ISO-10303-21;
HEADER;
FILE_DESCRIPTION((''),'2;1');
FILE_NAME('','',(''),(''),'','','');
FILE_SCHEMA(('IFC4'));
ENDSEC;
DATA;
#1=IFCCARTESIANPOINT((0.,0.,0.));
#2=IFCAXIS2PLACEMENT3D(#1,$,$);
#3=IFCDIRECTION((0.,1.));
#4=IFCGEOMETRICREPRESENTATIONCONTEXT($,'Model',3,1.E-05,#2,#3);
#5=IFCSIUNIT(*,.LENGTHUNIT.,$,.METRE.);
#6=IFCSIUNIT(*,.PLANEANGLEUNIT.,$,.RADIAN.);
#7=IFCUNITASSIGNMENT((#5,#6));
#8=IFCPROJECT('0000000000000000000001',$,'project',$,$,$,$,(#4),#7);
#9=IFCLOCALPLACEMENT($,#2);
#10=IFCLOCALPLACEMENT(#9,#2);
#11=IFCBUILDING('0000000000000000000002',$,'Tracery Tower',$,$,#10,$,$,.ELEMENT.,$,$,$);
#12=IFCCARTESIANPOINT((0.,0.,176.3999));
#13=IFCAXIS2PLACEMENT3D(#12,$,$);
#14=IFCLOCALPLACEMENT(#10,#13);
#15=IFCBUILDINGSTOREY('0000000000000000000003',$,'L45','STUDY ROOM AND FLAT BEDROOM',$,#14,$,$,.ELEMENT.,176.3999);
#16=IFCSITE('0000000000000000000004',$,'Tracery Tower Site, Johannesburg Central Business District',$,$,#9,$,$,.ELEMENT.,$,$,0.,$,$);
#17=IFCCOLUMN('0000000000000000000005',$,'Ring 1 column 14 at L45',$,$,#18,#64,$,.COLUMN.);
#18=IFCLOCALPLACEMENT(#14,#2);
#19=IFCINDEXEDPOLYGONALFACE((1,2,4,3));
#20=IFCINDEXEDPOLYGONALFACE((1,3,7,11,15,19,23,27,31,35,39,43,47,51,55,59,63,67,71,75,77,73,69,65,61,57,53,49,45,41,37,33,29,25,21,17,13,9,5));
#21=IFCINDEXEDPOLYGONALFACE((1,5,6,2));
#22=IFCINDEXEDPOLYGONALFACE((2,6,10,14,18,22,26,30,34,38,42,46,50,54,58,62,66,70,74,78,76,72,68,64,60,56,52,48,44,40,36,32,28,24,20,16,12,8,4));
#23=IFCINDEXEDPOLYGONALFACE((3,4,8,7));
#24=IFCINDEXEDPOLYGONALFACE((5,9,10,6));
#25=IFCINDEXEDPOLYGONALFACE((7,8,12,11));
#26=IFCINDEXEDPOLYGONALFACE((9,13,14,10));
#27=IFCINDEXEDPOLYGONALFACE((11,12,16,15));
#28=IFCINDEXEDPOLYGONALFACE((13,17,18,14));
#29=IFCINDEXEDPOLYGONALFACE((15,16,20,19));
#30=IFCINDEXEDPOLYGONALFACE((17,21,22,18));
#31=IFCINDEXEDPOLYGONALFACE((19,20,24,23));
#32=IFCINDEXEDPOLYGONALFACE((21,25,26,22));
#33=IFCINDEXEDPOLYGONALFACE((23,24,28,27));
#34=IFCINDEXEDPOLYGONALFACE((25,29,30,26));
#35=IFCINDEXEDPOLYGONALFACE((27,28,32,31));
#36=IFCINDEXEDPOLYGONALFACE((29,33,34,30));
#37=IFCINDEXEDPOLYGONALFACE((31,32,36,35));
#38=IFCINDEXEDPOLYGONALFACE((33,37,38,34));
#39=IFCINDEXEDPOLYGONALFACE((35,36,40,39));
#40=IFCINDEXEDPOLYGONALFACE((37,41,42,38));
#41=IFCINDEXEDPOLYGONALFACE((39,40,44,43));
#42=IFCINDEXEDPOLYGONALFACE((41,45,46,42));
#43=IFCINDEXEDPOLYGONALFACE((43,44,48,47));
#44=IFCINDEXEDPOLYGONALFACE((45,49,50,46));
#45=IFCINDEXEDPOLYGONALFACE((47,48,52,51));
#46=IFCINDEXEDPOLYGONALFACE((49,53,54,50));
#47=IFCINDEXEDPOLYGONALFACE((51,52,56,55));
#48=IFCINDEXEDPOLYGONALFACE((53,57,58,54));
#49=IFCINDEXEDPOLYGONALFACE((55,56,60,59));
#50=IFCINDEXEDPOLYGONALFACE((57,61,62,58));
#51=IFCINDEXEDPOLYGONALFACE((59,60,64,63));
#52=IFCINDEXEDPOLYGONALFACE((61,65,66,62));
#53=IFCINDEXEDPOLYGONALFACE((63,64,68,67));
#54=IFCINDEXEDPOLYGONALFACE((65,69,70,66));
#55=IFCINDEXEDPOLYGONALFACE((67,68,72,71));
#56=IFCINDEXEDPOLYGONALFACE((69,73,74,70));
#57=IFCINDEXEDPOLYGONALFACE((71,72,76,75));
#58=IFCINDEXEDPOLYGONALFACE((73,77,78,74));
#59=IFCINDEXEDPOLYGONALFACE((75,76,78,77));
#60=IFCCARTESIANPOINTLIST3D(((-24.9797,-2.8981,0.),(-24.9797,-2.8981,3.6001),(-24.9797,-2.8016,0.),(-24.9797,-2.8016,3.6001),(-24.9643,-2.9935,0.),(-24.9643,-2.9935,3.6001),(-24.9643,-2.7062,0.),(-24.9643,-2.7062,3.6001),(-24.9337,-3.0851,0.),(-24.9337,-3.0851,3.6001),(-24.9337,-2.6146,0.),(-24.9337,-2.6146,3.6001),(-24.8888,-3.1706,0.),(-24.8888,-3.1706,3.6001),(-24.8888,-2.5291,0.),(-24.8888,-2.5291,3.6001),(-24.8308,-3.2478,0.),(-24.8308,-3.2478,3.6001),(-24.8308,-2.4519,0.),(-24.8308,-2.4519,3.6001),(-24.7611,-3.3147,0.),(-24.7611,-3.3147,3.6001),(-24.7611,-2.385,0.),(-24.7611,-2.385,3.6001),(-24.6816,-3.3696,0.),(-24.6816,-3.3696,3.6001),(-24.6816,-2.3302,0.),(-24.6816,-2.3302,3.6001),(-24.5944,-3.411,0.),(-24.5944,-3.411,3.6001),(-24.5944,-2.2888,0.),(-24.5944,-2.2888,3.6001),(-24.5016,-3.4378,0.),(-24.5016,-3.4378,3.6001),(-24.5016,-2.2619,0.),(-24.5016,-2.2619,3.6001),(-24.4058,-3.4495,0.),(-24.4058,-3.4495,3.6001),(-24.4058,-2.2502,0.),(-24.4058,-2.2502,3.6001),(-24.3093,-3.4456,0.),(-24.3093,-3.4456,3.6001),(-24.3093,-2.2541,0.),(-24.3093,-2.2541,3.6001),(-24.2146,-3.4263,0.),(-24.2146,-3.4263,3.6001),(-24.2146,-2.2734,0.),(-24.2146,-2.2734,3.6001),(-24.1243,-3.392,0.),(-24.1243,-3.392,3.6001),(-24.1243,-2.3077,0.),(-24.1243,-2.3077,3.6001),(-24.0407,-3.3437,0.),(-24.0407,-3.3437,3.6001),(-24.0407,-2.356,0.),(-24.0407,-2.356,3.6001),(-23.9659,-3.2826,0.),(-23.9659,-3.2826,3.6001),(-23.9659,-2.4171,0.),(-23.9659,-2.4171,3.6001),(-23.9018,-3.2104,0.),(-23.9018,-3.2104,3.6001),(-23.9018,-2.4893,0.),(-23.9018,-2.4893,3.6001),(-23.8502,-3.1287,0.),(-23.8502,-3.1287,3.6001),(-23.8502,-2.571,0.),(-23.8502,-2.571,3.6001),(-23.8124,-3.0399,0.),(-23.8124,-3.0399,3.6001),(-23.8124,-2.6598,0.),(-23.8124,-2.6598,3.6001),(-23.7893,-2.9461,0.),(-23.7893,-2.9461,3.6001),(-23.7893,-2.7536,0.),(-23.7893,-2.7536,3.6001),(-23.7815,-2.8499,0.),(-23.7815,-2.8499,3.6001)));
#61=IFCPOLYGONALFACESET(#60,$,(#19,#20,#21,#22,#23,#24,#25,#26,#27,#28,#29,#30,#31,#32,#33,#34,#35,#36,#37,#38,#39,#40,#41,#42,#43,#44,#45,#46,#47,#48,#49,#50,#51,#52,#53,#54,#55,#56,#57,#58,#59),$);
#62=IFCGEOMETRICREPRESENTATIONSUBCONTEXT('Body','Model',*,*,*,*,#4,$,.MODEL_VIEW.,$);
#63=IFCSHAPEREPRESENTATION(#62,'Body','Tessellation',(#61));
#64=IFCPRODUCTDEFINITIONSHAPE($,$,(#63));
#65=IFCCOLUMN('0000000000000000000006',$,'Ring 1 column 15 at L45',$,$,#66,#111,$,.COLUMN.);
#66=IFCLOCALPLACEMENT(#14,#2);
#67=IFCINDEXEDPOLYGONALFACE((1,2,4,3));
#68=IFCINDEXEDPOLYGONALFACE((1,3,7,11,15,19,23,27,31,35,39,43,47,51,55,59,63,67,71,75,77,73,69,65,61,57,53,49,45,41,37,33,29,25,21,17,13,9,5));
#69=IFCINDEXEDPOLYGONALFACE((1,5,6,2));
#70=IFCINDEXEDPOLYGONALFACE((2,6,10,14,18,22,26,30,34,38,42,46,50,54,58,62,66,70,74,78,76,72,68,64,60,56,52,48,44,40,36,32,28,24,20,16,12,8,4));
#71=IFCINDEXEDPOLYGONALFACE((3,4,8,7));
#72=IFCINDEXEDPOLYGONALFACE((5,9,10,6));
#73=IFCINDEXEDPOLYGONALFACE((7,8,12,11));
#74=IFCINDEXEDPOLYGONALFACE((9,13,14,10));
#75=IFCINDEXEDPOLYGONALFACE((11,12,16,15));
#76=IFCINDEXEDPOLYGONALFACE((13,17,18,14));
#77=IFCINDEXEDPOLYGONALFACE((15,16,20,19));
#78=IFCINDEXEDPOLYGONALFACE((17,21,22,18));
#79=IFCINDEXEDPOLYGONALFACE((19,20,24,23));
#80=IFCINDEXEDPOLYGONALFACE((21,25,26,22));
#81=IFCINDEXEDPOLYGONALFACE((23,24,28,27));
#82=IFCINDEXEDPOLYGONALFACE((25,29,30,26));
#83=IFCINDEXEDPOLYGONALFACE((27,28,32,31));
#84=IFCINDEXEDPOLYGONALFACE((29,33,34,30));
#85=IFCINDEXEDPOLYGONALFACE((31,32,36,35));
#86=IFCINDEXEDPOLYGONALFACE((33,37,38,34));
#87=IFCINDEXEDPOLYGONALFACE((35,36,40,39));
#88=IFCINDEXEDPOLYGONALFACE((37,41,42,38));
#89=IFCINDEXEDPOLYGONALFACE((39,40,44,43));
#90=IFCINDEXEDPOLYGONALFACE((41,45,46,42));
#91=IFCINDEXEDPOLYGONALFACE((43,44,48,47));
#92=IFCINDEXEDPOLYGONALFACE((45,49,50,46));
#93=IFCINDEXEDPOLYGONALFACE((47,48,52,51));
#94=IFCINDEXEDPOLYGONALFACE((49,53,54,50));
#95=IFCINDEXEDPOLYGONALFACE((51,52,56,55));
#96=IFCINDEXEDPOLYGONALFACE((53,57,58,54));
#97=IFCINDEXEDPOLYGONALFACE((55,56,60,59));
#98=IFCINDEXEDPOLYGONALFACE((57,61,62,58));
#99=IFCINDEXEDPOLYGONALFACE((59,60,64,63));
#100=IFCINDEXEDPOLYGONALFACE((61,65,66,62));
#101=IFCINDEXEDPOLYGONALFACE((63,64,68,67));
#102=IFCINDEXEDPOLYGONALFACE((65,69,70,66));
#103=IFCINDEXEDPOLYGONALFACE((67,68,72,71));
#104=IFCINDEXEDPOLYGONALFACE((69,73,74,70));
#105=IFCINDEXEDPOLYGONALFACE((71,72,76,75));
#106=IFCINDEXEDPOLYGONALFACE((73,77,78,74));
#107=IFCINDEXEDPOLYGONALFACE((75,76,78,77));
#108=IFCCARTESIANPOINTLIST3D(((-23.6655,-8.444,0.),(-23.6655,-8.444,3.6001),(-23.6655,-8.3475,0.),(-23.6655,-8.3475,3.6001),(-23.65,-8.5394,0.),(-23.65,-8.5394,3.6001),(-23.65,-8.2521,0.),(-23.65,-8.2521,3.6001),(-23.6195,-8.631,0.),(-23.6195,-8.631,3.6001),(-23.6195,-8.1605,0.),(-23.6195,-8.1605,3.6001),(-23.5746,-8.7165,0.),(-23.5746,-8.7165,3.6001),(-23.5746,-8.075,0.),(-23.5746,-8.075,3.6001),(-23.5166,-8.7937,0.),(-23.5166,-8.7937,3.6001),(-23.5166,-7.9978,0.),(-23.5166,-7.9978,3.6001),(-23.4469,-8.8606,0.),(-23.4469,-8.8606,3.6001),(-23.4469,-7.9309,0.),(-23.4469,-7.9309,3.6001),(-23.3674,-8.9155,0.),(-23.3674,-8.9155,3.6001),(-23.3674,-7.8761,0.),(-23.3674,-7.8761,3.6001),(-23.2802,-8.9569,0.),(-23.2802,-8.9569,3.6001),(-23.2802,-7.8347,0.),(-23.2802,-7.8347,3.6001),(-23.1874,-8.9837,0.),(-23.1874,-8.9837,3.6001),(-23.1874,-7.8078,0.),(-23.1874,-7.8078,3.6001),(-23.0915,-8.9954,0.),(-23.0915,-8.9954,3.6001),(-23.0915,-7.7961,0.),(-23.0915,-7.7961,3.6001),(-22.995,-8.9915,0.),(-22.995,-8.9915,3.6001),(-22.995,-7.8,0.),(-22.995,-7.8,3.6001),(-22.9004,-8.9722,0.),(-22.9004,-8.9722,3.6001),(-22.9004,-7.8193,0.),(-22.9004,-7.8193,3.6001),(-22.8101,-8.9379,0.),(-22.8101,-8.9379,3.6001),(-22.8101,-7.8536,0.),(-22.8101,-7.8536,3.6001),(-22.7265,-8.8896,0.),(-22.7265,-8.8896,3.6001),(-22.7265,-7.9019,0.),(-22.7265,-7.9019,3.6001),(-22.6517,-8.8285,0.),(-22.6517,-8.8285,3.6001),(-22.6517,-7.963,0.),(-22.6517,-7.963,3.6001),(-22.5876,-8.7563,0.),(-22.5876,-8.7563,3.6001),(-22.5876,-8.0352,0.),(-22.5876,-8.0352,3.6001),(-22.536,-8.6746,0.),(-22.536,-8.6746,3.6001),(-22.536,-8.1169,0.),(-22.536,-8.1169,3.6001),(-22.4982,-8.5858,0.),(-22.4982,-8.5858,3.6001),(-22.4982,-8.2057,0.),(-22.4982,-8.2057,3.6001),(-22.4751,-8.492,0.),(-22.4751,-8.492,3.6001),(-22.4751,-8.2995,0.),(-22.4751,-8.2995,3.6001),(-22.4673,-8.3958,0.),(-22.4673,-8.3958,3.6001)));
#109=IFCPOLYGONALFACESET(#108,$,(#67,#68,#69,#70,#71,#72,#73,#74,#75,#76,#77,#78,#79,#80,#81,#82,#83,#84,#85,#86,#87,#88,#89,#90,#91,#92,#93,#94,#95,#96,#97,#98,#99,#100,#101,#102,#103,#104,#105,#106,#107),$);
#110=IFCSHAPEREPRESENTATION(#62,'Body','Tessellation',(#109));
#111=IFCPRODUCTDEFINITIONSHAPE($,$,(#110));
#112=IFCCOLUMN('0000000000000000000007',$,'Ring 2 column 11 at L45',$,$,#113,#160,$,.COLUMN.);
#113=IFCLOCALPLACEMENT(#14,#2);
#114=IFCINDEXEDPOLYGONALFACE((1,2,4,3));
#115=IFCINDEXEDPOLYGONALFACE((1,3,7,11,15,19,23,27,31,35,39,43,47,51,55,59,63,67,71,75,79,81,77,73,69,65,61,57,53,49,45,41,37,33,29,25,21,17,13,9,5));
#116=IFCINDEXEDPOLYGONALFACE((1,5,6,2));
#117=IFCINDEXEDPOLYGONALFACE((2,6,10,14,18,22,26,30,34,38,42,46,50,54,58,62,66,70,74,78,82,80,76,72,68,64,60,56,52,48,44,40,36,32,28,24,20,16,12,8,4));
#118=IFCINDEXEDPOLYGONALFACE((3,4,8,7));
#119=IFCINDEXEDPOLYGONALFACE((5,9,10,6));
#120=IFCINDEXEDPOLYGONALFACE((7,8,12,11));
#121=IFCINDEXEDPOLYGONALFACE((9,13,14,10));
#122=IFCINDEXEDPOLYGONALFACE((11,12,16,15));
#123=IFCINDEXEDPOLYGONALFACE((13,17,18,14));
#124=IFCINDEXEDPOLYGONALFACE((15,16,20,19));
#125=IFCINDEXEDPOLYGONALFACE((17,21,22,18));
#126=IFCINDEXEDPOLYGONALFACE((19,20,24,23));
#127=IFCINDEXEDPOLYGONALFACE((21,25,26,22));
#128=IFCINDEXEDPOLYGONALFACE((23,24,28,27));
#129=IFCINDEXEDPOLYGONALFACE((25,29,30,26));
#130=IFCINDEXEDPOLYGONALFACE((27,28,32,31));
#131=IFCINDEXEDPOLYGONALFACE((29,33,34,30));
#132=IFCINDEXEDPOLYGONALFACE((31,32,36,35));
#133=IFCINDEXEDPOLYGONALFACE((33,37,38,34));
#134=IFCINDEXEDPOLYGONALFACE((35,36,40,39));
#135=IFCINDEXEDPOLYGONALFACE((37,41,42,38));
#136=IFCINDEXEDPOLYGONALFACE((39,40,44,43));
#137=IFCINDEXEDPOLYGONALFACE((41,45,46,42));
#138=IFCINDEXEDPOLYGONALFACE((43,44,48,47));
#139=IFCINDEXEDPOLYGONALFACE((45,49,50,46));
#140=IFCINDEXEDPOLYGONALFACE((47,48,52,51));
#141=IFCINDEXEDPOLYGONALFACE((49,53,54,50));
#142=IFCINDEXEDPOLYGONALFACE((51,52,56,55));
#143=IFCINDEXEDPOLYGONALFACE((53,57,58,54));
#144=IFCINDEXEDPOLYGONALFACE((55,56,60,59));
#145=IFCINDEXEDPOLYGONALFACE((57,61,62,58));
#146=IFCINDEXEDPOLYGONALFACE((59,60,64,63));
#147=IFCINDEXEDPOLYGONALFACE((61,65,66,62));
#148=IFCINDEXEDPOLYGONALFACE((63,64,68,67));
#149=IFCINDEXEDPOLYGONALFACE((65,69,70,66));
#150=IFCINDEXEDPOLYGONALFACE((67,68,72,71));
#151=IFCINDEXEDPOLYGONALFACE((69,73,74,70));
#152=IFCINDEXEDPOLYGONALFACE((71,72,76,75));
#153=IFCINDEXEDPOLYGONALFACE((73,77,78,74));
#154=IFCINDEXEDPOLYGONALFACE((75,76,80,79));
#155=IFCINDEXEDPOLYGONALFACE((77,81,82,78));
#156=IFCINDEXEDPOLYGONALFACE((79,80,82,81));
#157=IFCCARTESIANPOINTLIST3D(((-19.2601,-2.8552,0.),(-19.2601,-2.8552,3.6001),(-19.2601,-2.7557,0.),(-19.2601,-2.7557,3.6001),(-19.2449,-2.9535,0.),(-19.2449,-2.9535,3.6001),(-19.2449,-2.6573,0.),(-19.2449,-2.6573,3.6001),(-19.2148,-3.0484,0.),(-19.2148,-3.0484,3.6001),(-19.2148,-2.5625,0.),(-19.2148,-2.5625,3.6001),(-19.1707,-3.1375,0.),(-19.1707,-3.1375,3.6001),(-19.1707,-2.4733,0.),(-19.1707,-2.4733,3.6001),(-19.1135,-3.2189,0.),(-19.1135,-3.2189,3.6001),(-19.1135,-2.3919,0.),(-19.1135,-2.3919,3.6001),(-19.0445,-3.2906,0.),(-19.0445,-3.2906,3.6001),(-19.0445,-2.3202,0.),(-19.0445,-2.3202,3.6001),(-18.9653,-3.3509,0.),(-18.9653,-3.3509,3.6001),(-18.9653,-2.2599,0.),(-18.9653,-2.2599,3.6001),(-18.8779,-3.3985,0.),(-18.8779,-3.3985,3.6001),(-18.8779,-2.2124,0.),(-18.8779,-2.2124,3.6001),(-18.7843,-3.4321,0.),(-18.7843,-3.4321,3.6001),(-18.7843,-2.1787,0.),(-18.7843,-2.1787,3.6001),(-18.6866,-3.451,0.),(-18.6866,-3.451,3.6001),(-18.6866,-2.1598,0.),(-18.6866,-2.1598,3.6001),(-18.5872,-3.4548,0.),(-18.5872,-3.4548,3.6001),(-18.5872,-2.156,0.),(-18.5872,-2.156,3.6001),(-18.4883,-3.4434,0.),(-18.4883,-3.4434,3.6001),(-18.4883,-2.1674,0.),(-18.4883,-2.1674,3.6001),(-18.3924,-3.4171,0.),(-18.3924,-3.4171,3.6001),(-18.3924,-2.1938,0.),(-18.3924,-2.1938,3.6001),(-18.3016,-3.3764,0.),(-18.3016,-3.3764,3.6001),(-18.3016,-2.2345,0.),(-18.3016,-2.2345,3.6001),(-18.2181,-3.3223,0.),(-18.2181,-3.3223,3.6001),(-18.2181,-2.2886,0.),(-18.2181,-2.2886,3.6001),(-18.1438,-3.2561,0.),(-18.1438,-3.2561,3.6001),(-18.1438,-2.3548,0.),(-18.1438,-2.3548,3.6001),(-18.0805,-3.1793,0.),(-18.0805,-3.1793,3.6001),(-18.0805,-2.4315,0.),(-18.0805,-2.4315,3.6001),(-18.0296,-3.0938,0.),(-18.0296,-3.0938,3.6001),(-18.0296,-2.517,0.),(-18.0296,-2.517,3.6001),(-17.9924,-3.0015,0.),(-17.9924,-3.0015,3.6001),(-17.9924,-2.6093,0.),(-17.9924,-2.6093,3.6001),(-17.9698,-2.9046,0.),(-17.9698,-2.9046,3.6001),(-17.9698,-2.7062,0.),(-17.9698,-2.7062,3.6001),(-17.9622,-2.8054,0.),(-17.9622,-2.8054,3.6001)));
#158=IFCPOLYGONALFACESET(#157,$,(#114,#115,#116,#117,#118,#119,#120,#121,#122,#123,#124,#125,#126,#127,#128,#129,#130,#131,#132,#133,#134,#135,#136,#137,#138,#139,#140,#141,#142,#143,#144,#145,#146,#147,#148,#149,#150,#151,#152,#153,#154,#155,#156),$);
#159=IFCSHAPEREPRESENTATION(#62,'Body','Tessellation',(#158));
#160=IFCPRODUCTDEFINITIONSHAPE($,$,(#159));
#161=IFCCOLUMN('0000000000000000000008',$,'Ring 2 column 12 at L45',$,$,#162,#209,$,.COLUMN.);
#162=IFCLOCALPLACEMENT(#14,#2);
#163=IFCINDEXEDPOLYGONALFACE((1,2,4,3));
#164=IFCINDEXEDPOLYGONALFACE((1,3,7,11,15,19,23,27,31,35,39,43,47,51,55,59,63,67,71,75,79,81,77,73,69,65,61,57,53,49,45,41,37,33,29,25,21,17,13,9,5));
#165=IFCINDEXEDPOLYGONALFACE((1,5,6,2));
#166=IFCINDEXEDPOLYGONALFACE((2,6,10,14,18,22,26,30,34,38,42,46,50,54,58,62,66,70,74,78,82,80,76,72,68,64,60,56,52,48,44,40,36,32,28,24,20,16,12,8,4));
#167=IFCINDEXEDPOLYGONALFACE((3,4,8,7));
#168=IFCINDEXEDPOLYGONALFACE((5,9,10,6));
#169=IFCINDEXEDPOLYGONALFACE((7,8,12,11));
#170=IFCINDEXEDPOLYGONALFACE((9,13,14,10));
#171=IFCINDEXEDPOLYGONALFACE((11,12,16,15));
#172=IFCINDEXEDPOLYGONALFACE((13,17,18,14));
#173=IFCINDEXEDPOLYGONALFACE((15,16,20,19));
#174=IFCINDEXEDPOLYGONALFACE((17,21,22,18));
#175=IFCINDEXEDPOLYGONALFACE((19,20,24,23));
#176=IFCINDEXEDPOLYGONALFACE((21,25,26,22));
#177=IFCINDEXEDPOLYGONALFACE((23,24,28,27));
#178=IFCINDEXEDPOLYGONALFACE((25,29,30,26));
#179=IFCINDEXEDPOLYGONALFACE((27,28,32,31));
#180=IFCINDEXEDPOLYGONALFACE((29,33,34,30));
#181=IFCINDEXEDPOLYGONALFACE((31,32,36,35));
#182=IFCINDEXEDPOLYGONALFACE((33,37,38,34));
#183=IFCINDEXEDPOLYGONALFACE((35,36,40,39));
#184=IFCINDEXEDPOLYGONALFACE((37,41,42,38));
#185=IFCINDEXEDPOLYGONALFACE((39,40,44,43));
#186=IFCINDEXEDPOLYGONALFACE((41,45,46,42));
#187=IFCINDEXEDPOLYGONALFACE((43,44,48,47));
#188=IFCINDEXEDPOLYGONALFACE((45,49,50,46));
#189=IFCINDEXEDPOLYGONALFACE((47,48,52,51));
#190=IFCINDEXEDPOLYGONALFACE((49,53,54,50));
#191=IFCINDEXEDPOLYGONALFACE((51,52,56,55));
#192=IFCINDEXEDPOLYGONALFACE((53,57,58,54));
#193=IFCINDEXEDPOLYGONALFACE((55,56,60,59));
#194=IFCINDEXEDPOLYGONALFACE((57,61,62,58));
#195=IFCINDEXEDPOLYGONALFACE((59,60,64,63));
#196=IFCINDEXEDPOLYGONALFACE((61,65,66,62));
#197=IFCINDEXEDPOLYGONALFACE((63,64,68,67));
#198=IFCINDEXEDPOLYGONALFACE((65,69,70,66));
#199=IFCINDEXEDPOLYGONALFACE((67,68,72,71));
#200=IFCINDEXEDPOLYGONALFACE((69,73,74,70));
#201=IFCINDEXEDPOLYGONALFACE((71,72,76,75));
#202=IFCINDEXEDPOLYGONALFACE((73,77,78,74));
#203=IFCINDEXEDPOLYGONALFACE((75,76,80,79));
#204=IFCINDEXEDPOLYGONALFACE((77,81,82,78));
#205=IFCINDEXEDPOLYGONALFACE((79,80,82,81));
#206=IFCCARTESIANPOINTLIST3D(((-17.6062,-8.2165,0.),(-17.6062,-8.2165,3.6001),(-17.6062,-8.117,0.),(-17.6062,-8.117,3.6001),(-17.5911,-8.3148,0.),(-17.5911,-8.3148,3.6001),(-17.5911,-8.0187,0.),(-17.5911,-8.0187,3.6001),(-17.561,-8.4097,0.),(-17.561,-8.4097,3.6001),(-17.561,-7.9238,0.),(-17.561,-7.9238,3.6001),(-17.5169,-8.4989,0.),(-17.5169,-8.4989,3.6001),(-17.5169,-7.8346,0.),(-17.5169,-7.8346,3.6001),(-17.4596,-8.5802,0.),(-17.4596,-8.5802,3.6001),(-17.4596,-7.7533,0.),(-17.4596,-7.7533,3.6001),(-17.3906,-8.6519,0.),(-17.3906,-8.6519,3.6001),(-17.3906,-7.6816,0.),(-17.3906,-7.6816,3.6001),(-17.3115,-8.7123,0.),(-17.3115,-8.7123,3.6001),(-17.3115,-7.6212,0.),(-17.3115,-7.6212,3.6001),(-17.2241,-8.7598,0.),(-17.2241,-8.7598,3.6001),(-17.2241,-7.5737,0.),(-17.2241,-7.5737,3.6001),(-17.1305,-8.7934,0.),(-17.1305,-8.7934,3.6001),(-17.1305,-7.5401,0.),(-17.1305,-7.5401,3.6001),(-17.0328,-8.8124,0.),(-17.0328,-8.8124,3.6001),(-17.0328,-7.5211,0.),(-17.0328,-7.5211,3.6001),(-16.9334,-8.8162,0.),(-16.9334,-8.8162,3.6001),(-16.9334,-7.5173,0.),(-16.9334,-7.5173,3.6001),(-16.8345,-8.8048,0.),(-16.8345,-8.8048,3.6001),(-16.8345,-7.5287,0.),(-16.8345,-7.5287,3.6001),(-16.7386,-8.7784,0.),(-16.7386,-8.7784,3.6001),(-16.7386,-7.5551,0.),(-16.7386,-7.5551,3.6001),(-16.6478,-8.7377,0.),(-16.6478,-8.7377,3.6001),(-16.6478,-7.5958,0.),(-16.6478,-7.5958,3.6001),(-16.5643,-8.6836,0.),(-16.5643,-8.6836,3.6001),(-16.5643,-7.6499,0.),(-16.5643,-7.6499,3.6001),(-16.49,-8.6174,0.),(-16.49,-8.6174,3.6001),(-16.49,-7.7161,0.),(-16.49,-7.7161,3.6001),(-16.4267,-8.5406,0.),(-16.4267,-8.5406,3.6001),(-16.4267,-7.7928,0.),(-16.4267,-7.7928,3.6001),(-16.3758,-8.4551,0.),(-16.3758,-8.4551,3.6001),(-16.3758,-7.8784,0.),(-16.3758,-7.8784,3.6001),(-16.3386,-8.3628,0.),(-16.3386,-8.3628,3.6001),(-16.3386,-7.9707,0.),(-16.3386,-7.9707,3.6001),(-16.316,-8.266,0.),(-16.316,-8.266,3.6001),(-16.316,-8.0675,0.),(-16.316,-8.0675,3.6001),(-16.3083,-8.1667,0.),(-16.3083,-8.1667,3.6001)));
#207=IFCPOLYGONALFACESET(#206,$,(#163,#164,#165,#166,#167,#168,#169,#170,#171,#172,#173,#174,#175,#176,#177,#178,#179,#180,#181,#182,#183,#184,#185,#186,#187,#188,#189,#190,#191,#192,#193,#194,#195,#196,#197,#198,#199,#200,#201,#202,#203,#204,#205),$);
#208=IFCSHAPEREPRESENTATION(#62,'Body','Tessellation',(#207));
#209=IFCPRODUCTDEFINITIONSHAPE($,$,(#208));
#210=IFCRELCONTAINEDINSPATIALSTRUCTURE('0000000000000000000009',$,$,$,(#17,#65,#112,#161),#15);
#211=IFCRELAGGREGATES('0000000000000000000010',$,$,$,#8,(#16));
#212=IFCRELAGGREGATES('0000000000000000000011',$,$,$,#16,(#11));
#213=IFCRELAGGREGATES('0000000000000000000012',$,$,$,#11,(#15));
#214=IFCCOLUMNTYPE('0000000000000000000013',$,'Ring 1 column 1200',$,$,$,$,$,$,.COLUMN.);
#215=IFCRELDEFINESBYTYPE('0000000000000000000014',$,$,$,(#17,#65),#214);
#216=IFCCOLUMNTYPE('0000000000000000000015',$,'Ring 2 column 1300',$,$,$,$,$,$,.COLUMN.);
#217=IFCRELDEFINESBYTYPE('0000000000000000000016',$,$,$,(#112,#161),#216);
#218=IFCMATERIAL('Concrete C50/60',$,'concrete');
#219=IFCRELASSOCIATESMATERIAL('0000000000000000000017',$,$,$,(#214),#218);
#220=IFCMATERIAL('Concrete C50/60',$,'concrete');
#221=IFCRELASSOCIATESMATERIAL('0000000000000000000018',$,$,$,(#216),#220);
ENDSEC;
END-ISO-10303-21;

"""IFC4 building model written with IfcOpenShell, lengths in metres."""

from ifc_helpers import new_model, si_unit, direction, frame, origin, origin_2d, place, context, subcontext, project, spatial, circle, extrude, material, material_profile, profile_set, type_object, element, save


model = new_model("IFC4")

# Units and contexts
model_context = context("Model", 3, precision=1e-05, world=origin(), true_north=direction((0.0, 1.0)))
body_context = subcontext(model_context, "Body", "Model", "MODEL_VIEW")
ifc_project = project(units=[si_unit("LENGTHUNIT", "METRE"), si_unit("PLANEANGLEUNIT", "RADIAN")], contexts=[model_context])

# Site, building, storey
site_placement = place(None, origin())
site = spatial("IfcSite", under=ifc_project, at=site_placement, Name="Tracery Tower Site, Johannesburg Central Business District", CompositionType="ELEMENT", RefElevation=0.0)
building_placement = place(site_placement, origin())
building = spatial("IfcBuilding", under=site, at=building_placement, Name="Tracery Tower", CompositionType="ELEMENT")
storey_placement = place(building_placement, frame((0.0, 0.0, 176.3999)))
storey = spatial("IfcBuildingStorey", under=building, at=storey_placement, Name="L45", Description="STUDY ROOM AND FLAT BEDROOM", CompositionType="ELEMENT", Elevation=176.3999)

# Columns
ifc_material_1 = material(Name="Concrete C50/60", Category="concrete")
ifc_material_profile_1 = material_profile(ifc_material_1, circle(Radius=0.6001, at=origin_2d()), Name="RC D1200")
ifc_profile_set_1 = profile_set([ifc_material_profile_1], Name="Concrete C50/60")
column_type_1 = type_object("IfcColumnType", Name="Ring 1 column 1200", PredefinedType="COLUMN", material=ifc_profile_set_1)
for number, where, z_axis, x_axis, name in (
    (1, (-24.3816, -2.8499, 0.0), (0.0, 0.0, 1.0), (1.0, 0.0, 0.0), "Ring 1 column 14 at L45"),
    (2, (-23.0674, -8.3958, 0.0), (0.0, 0.0, 1.0), (1.0, 0.0, 0.0), "Ring 1 column 15 at L45"),
):
    element("IfcColumn", number, at=place(storey_placement, frame(where, z_axis=z_axis, x_axis=x_axis)), inside=storey, type_object=column_type_1, Name=name, PredefinedType="COLUMN", context=body_context, shape_type="SweptSolid", body=[
        extrude(circle(Radius=0.6001, at=origin_2d()), origin(), (0.0, 0.0, 1.0), 3.6001),
    ])
ifc_material_2 = material(Name="Concrete C50/60", Category="concrete")
ifc_material_profile_2 = material_profile(ifc_material_2, circle(Radius=0.6499, at=origin_2d()), Name="RC D1300")
ifc_profile_set_2 = profile_set([ifc_material_profile_2], Name="Concrete C50/60")
column_type_2 = type_object("IfcColumnType", Name="Ring 2 column 1300", PredefinedType="COLUMN", material=ifc_profile_set_2)
for number, where, z_axis, x_axis, name in (
    (3, (-18.6121, -2.8054, 0.0), (0.0, 0.0, 1.0), (1.0, 0.0, 0.0), "Ring 2 column 11 at L45"),
    (4, (-16.9583, -8.1667, 0.0), (0.0, 0.0, 1.0), (1.0, 0.0, 0.0), "Ring 2 column 12 at L45"),
):
    element("IfcColumn", number, at=place(storey_placement, frame(where, z_axis=z_axis, x_axis=x_axis)), inside=storey, type_object=column_type_2, Name=name, PredefinedType="COLUMN", context=body_context, shape_type="SweptSolid", body=[
        extrude(circle(Radius=0.6499, at=origin_2d()), origin(), (0.0, 0.0, 1.0), 3.6001),
    ])

save(model, "model.ifc")
